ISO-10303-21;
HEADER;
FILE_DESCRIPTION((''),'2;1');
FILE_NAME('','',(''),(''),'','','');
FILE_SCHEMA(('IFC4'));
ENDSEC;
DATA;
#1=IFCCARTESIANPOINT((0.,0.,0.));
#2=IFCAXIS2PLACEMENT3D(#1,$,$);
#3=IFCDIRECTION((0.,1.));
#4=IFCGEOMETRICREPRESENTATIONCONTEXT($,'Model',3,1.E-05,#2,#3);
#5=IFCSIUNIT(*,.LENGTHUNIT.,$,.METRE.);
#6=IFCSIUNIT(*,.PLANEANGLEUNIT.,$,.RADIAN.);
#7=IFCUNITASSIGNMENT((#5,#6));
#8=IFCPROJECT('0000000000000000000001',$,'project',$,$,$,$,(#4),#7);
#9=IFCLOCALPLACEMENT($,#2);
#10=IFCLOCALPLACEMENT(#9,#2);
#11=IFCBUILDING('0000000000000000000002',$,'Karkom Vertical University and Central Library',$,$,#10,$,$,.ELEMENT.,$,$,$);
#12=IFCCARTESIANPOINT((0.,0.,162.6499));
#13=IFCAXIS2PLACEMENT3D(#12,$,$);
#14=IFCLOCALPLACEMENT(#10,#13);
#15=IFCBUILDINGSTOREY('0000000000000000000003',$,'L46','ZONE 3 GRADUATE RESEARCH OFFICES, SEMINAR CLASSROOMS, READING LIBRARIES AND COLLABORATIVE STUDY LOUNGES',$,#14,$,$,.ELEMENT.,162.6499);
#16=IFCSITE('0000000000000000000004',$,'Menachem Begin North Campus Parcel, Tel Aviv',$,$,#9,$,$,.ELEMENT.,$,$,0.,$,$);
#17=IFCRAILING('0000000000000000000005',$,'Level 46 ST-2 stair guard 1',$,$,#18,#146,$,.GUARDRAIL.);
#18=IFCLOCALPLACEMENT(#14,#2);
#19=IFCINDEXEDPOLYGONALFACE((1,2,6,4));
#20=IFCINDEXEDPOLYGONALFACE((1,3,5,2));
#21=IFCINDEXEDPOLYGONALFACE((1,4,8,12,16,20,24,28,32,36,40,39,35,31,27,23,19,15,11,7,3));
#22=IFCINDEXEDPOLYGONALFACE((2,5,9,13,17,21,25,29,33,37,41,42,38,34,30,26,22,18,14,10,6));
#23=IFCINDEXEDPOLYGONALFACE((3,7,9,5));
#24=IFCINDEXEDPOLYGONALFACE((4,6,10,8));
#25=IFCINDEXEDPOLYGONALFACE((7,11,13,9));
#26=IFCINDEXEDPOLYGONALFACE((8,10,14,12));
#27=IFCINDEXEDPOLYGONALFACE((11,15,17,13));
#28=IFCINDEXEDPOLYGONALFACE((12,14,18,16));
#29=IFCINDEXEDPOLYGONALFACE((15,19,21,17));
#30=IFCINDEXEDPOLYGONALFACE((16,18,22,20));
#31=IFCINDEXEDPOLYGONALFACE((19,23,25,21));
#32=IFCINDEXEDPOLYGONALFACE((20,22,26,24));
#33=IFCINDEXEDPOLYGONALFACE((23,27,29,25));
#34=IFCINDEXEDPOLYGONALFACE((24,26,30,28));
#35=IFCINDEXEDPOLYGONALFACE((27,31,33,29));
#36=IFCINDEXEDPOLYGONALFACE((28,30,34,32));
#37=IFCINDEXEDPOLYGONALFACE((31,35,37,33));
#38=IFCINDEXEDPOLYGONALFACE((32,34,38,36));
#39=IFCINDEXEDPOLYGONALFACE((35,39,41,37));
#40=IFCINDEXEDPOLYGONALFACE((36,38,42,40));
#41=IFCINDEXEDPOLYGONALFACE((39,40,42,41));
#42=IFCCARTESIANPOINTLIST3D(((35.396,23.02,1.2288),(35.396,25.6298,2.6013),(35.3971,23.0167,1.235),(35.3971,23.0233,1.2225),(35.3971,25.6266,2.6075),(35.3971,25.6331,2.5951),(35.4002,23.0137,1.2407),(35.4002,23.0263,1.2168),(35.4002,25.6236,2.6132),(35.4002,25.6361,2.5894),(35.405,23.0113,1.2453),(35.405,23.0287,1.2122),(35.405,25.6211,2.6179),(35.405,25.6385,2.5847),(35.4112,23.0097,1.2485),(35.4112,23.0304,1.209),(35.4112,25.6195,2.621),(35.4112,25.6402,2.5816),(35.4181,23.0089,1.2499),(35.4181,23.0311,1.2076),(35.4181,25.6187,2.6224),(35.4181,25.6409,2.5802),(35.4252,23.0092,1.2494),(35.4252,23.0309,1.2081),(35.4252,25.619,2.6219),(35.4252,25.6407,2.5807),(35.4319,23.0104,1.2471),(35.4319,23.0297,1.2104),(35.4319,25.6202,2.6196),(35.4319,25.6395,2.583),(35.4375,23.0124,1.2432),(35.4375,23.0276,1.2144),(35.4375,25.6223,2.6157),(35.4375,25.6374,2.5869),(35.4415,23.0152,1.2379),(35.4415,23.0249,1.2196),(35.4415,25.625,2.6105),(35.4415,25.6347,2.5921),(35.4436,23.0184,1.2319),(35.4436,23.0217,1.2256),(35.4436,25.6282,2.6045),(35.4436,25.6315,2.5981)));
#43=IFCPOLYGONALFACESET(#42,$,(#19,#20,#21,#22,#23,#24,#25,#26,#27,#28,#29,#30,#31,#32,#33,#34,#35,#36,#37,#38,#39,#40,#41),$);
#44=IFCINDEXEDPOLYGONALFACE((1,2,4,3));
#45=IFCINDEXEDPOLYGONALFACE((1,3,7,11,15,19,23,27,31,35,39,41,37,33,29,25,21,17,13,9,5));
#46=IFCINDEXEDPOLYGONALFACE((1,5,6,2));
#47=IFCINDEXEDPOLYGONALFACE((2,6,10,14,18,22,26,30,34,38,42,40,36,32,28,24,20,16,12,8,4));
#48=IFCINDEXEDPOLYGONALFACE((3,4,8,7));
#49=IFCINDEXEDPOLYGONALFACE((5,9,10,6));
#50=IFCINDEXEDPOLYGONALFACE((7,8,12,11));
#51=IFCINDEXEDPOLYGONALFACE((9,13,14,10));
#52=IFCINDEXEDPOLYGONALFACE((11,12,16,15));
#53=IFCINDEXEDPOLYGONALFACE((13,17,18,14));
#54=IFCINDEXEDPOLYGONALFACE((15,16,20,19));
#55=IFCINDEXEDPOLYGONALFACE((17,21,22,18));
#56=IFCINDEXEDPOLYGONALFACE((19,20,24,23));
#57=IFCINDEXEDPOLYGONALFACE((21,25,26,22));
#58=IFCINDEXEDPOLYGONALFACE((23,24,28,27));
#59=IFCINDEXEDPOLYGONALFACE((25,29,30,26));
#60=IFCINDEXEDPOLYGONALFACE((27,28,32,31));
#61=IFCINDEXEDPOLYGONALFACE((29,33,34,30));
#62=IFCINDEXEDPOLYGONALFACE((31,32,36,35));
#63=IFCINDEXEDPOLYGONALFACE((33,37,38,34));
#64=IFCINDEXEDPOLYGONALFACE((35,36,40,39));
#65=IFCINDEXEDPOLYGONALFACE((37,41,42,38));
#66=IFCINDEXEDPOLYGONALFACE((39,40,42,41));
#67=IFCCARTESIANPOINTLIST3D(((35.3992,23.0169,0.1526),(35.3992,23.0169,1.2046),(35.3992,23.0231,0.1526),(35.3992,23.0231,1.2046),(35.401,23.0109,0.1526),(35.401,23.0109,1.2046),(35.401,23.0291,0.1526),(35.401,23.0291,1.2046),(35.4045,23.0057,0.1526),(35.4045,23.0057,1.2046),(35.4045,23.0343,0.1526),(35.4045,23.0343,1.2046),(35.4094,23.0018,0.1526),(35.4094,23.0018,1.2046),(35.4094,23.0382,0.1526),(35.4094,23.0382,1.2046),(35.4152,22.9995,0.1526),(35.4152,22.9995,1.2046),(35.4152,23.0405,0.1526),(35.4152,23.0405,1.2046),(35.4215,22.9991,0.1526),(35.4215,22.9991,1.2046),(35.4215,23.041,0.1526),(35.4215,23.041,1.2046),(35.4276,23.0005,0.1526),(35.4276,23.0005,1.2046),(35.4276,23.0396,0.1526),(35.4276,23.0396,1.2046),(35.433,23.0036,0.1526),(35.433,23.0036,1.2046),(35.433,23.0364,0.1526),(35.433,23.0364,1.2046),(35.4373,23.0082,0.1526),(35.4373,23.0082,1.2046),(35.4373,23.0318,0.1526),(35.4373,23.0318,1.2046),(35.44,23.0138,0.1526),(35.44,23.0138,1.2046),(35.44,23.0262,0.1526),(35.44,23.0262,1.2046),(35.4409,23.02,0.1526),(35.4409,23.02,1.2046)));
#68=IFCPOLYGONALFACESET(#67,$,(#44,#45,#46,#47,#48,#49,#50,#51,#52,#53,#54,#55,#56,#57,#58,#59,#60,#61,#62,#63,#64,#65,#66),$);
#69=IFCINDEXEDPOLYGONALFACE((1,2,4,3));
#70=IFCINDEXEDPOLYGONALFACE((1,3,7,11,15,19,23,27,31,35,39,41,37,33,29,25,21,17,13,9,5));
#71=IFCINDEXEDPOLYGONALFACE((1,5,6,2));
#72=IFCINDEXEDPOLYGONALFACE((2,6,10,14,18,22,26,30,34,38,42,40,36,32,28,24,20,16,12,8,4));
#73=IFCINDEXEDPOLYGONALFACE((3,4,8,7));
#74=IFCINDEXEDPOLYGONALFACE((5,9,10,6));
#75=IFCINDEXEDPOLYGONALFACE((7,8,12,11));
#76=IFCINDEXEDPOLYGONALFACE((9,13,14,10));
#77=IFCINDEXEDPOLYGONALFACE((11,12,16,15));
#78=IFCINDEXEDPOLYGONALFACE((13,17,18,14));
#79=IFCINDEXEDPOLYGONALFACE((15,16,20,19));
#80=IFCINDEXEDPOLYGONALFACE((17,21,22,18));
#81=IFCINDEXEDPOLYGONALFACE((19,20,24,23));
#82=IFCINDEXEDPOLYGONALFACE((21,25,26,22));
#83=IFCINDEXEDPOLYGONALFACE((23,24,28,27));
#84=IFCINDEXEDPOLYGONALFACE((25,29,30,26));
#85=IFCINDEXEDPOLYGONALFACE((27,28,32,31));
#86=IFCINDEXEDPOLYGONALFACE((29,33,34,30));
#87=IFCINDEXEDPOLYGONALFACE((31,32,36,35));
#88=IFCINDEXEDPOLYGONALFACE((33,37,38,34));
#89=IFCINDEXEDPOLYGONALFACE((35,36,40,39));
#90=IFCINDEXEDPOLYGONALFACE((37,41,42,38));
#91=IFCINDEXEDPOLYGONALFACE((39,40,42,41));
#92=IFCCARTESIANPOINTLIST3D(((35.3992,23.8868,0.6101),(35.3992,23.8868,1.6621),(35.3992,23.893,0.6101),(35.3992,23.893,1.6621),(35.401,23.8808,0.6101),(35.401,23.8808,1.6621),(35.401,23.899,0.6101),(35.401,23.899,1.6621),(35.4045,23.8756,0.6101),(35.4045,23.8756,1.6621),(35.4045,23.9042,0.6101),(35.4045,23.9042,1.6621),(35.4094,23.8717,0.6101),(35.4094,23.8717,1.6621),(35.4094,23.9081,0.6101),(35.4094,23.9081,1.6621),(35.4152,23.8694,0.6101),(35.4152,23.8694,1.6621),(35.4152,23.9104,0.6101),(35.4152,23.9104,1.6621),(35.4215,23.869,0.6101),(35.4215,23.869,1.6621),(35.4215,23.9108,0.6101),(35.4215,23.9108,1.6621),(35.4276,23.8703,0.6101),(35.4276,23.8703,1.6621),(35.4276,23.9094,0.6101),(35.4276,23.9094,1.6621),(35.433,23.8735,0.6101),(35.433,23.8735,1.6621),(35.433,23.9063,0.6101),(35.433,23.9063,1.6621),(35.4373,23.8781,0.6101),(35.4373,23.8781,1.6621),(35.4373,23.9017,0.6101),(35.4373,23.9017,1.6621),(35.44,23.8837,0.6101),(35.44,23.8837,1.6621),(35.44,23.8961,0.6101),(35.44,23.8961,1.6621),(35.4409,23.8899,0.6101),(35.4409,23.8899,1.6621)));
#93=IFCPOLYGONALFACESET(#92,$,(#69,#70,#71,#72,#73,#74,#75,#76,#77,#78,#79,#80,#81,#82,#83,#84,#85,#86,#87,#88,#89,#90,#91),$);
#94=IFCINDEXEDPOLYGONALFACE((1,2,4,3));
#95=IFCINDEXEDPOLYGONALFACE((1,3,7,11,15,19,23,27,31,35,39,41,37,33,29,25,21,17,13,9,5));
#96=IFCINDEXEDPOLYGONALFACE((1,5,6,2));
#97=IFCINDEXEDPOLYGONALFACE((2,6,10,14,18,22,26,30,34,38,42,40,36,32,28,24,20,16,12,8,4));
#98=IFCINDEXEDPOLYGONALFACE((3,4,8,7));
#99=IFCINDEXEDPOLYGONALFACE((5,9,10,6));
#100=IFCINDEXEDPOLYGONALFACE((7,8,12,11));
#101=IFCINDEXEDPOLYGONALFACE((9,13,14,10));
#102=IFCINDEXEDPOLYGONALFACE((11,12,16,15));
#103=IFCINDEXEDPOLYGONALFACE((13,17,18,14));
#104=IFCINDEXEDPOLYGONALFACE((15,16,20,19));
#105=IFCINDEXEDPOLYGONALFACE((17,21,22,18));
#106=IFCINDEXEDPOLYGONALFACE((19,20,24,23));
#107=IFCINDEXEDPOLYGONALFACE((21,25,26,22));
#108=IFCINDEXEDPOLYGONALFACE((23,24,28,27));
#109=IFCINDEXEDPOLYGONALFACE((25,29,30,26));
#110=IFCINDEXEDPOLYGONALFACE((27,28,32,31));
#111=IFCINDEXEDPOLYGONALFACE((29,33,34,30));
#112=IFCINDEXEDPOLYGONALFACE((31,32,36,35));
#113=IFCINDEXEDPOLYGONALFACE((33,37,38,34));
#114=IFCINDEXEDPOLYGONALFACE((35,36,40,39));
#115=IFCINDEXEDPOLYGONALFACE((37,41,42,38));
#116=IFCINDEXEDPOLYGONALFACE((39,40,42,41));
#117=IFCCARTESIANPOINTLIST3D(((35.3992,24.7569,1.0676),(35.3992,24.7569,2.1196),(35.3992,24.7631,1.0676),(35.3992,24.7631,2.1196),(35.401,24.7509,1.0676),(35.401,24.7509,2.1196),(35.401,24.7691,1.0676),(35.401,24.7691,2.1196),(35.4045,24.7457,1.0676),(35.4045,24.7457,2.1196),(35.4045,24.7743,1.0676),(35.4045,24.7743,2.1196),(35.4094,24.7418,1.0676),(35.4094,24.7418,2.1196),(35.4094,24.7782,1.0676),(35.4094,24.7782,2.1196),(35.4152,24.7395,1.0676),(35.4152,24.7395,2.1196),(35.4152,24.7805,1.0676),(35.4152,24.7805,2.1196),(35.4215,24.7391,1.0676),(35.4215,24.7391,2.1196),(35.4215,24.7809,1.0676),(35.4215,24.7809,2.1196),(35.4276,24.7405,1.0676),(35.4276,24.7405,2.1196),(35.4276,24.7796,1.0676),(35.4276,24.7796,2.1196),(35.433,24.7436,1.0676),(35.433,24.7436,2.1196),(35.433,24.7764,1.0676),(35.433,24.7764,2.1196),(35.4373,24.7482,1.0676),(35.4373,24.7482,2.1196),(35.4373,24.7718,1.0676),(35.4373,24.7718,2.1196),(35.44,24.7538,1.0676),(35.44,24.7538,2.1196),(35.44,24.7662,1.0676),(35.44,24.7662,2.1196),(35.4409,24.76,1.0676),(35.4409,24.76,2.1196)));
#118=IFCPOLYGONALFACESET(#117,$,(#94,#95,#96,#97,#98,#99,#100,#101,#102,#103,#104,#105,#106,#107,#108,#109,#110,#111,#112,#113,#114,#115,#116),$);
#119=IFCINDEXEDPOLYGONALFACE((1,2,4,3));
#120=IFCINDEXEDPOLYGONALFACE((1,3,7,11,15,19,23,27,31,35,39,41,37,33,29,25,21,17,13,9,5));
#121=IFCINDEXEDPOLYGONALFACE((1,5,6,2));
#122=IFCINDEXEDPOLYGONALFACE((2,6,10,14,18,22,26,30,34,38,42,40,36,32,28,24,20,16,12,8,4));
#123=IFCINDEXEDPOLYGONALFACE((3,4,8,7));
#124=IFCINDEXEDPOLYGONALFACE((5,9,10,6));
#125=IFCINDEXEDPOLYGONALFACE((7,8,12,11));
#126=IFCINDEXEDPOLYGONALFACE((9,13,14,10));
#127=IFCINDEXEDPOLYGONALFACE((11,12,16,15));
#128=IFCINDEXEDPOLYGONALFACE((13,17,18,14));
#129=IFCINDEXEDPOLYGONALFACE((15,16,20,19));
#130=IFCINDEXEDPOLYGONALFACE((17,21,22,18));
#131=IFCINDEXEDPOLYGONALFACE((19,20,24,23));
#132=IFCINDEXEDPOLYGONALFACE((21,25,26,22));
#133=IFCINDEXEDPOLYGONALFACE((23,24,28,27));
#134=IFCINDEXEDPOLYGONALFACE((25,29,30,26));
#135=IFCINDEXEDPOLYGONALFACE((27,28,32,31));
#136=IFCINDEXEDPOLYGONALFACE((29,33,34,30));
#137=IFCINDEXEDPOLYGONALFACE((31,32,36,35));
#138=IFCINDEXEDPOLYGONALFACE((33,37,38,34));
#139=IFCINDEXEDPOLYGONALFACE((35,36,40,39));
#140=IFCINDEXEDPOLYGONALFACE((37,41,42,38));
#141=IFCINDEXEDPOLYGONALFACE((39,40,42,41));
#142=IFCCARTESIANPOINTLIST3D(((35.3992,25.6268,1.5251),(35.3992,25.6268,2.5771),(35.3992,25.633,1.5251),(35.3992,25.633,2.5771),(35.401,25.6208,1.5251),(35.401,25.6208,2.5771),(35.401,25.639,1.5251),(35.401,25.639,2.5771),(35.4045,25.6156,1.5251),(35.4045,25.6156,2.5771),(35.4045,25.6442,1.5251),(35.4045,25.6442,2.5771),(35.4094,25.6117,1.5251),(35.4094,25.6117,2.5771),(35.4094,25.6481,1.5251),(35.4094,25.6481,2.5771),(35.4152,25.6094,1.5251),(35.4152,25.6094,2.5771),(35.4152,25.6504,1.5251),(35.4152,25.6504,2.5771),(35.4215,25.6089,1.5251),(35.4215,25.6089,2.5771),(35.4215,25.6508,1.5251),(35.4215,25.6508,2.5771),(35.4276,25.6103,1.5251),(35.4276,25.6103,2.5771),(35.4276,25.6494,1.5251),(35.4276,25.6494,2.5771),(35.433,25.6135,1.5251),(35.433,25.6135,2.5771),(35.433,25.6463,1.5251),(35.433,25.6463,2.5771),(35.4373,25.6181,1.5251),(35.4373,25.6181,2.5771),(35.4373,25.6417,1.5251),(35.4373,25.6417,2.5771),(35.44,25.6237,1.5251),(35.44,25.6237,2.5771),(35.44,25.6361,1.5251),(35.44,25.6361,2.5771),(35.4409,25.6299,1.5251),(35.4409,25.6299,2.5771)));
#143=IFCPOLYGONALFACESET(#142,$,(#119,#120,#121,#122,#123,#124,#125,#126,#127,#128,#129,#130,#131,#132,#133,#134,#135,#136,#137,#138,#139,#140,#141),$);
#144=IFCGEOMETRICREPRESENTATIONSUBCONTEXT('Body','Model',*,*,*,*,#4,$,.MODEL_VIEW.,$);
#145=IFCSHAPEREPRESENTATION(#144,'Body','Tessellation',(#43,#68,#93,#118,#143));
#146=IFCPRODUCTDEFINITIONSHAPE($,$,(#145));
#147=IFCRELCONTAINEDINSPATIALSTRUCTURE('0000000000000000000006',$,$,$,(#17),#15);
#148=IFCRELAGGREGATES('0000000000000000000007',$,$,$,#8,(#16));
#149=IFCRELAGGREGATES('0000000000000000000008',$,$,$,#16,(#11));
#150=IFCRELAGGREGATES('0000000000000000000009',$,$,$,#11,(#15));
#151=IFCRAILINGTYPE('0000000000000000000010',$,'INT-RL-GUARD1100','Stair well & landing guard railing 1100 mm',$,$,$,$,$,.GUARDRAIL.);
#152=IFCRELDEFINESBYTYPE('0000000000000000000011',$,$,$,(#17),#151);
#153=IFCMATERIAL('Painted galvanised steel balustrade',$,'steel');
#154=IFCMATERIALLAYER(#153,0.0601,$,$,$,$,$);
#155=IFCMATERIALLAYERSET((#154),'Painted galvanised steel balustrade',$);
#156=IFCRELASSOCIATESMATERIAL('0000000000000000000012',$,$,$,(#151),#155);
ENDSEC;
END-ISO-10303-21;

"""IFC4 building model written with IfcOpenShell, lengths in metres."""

from ifc_helpers import new_model, si_unit, direction, frame, origin, origin_2d, place, context, subcontext, project, spatial, circle, extrude, material, layer, layer_set, type_object, element, save


model = new_model("IFC4")

# Units and contexts
model_context = context("Model", 3, precision=1e-05, world=origin(), true_north=direction((0.0, 1.0)))
body_context = subcontext(model_context, "Body", "Model", "MODEL_VIEW")
ifc_project = project(units=[si_unit("LENGTHUNIT", "METRE"), si_unit("PLANEANGLEUNIT", "RADIAN")], contexts=[model_context])

# Site, building, storey
site_placement = place(None, origin())
site = spatial("IfcSite", under=ifc_project, at=site_placement, Name="Menachem Begin North Campus Parcel, Tel Aviv", CompositionType="ELEMENT", RefElevation=0.0)
building_placement = place(site_placement, origin())
building = spatial("IfcBuilding", under=site, at=building_placement, Name="Karkom Vertical University and Central Library", CompositionType="ELEMENT")
storey_placement = place(building_placement, frame((0.0, 0.0, 162.6499)))
storey = spatial("IfcBuildingStorey", under=building, at=storey_placement, Name="L46", Description="ZONE 3 GRADUATE RESEARCH OFFICES, SEMINAR CLASSROOMS, READING LIBRARIES AND COLLABORATIVE STUDY LOUNGES", CompositionType="ELEMENT", Elevation=162.6499)

# Railing
ifc_material_1 = material(Name="Painted galvanised steel balustrade", Category="steel")
ifc_layer_1 = layer(ifc_material_1, 0.0601)
ifc_layer_set_1 = layer_set([ifc_layer_1], Name="Painted galvanised steel balustrade")
railing_type_1 = type_object("IfcRailingType", Name="INT-RL-GUARD1100", Description="Stair well & landing guard railing 1100 mm", PredefinedType="GUARDRAIL", material=ifc_layer_set_1)
railing_1_placement = place(storey_placement, frame((35.4199, 23.02, 0.1526)))
element("IfcRailing", 1, at=railing_1_placement, inside=storey, type_object=railing_type_1, Name="Level 46 ST-2 stair guard 1", PredefinedType="GUARDRAIL", context=body_context, shape_type="SweptSolid", body=[
    extrude(circle(Radius=0.0239, at=origin_2d()), frame((0.0, 0.0, 1.0762), z_axis=(0.0, 0.885065, 0.465467), x_axis=(-1.0, 0.0, 0.0)), (0.0, 0.0, 1.0), 2.9487),
    extrude(circle(Radius=0.021, at=origin_2d()), origin(), (0.0, 0.0, 1.0), 1.052),
    extrude(circle(Radius=0.021, at=origin_2d()), frame((0.0, 0.8699, 0.4575)), (0.0, 0.0, 1.0), 1.052),
    extrude(circle(Radius=0.021, at=origin_2d()), frame((0.0, 1.74, 0.915)), (0.0, 0.0, 1.0), 1.052),
    extrude(circle(Radius=0.021, at=origin_2d()), frame((0.0, 2.6099, 1.3726)), (0.0, 0.0, 1.0), 1.052),
])

save(model, "model.ifc")
